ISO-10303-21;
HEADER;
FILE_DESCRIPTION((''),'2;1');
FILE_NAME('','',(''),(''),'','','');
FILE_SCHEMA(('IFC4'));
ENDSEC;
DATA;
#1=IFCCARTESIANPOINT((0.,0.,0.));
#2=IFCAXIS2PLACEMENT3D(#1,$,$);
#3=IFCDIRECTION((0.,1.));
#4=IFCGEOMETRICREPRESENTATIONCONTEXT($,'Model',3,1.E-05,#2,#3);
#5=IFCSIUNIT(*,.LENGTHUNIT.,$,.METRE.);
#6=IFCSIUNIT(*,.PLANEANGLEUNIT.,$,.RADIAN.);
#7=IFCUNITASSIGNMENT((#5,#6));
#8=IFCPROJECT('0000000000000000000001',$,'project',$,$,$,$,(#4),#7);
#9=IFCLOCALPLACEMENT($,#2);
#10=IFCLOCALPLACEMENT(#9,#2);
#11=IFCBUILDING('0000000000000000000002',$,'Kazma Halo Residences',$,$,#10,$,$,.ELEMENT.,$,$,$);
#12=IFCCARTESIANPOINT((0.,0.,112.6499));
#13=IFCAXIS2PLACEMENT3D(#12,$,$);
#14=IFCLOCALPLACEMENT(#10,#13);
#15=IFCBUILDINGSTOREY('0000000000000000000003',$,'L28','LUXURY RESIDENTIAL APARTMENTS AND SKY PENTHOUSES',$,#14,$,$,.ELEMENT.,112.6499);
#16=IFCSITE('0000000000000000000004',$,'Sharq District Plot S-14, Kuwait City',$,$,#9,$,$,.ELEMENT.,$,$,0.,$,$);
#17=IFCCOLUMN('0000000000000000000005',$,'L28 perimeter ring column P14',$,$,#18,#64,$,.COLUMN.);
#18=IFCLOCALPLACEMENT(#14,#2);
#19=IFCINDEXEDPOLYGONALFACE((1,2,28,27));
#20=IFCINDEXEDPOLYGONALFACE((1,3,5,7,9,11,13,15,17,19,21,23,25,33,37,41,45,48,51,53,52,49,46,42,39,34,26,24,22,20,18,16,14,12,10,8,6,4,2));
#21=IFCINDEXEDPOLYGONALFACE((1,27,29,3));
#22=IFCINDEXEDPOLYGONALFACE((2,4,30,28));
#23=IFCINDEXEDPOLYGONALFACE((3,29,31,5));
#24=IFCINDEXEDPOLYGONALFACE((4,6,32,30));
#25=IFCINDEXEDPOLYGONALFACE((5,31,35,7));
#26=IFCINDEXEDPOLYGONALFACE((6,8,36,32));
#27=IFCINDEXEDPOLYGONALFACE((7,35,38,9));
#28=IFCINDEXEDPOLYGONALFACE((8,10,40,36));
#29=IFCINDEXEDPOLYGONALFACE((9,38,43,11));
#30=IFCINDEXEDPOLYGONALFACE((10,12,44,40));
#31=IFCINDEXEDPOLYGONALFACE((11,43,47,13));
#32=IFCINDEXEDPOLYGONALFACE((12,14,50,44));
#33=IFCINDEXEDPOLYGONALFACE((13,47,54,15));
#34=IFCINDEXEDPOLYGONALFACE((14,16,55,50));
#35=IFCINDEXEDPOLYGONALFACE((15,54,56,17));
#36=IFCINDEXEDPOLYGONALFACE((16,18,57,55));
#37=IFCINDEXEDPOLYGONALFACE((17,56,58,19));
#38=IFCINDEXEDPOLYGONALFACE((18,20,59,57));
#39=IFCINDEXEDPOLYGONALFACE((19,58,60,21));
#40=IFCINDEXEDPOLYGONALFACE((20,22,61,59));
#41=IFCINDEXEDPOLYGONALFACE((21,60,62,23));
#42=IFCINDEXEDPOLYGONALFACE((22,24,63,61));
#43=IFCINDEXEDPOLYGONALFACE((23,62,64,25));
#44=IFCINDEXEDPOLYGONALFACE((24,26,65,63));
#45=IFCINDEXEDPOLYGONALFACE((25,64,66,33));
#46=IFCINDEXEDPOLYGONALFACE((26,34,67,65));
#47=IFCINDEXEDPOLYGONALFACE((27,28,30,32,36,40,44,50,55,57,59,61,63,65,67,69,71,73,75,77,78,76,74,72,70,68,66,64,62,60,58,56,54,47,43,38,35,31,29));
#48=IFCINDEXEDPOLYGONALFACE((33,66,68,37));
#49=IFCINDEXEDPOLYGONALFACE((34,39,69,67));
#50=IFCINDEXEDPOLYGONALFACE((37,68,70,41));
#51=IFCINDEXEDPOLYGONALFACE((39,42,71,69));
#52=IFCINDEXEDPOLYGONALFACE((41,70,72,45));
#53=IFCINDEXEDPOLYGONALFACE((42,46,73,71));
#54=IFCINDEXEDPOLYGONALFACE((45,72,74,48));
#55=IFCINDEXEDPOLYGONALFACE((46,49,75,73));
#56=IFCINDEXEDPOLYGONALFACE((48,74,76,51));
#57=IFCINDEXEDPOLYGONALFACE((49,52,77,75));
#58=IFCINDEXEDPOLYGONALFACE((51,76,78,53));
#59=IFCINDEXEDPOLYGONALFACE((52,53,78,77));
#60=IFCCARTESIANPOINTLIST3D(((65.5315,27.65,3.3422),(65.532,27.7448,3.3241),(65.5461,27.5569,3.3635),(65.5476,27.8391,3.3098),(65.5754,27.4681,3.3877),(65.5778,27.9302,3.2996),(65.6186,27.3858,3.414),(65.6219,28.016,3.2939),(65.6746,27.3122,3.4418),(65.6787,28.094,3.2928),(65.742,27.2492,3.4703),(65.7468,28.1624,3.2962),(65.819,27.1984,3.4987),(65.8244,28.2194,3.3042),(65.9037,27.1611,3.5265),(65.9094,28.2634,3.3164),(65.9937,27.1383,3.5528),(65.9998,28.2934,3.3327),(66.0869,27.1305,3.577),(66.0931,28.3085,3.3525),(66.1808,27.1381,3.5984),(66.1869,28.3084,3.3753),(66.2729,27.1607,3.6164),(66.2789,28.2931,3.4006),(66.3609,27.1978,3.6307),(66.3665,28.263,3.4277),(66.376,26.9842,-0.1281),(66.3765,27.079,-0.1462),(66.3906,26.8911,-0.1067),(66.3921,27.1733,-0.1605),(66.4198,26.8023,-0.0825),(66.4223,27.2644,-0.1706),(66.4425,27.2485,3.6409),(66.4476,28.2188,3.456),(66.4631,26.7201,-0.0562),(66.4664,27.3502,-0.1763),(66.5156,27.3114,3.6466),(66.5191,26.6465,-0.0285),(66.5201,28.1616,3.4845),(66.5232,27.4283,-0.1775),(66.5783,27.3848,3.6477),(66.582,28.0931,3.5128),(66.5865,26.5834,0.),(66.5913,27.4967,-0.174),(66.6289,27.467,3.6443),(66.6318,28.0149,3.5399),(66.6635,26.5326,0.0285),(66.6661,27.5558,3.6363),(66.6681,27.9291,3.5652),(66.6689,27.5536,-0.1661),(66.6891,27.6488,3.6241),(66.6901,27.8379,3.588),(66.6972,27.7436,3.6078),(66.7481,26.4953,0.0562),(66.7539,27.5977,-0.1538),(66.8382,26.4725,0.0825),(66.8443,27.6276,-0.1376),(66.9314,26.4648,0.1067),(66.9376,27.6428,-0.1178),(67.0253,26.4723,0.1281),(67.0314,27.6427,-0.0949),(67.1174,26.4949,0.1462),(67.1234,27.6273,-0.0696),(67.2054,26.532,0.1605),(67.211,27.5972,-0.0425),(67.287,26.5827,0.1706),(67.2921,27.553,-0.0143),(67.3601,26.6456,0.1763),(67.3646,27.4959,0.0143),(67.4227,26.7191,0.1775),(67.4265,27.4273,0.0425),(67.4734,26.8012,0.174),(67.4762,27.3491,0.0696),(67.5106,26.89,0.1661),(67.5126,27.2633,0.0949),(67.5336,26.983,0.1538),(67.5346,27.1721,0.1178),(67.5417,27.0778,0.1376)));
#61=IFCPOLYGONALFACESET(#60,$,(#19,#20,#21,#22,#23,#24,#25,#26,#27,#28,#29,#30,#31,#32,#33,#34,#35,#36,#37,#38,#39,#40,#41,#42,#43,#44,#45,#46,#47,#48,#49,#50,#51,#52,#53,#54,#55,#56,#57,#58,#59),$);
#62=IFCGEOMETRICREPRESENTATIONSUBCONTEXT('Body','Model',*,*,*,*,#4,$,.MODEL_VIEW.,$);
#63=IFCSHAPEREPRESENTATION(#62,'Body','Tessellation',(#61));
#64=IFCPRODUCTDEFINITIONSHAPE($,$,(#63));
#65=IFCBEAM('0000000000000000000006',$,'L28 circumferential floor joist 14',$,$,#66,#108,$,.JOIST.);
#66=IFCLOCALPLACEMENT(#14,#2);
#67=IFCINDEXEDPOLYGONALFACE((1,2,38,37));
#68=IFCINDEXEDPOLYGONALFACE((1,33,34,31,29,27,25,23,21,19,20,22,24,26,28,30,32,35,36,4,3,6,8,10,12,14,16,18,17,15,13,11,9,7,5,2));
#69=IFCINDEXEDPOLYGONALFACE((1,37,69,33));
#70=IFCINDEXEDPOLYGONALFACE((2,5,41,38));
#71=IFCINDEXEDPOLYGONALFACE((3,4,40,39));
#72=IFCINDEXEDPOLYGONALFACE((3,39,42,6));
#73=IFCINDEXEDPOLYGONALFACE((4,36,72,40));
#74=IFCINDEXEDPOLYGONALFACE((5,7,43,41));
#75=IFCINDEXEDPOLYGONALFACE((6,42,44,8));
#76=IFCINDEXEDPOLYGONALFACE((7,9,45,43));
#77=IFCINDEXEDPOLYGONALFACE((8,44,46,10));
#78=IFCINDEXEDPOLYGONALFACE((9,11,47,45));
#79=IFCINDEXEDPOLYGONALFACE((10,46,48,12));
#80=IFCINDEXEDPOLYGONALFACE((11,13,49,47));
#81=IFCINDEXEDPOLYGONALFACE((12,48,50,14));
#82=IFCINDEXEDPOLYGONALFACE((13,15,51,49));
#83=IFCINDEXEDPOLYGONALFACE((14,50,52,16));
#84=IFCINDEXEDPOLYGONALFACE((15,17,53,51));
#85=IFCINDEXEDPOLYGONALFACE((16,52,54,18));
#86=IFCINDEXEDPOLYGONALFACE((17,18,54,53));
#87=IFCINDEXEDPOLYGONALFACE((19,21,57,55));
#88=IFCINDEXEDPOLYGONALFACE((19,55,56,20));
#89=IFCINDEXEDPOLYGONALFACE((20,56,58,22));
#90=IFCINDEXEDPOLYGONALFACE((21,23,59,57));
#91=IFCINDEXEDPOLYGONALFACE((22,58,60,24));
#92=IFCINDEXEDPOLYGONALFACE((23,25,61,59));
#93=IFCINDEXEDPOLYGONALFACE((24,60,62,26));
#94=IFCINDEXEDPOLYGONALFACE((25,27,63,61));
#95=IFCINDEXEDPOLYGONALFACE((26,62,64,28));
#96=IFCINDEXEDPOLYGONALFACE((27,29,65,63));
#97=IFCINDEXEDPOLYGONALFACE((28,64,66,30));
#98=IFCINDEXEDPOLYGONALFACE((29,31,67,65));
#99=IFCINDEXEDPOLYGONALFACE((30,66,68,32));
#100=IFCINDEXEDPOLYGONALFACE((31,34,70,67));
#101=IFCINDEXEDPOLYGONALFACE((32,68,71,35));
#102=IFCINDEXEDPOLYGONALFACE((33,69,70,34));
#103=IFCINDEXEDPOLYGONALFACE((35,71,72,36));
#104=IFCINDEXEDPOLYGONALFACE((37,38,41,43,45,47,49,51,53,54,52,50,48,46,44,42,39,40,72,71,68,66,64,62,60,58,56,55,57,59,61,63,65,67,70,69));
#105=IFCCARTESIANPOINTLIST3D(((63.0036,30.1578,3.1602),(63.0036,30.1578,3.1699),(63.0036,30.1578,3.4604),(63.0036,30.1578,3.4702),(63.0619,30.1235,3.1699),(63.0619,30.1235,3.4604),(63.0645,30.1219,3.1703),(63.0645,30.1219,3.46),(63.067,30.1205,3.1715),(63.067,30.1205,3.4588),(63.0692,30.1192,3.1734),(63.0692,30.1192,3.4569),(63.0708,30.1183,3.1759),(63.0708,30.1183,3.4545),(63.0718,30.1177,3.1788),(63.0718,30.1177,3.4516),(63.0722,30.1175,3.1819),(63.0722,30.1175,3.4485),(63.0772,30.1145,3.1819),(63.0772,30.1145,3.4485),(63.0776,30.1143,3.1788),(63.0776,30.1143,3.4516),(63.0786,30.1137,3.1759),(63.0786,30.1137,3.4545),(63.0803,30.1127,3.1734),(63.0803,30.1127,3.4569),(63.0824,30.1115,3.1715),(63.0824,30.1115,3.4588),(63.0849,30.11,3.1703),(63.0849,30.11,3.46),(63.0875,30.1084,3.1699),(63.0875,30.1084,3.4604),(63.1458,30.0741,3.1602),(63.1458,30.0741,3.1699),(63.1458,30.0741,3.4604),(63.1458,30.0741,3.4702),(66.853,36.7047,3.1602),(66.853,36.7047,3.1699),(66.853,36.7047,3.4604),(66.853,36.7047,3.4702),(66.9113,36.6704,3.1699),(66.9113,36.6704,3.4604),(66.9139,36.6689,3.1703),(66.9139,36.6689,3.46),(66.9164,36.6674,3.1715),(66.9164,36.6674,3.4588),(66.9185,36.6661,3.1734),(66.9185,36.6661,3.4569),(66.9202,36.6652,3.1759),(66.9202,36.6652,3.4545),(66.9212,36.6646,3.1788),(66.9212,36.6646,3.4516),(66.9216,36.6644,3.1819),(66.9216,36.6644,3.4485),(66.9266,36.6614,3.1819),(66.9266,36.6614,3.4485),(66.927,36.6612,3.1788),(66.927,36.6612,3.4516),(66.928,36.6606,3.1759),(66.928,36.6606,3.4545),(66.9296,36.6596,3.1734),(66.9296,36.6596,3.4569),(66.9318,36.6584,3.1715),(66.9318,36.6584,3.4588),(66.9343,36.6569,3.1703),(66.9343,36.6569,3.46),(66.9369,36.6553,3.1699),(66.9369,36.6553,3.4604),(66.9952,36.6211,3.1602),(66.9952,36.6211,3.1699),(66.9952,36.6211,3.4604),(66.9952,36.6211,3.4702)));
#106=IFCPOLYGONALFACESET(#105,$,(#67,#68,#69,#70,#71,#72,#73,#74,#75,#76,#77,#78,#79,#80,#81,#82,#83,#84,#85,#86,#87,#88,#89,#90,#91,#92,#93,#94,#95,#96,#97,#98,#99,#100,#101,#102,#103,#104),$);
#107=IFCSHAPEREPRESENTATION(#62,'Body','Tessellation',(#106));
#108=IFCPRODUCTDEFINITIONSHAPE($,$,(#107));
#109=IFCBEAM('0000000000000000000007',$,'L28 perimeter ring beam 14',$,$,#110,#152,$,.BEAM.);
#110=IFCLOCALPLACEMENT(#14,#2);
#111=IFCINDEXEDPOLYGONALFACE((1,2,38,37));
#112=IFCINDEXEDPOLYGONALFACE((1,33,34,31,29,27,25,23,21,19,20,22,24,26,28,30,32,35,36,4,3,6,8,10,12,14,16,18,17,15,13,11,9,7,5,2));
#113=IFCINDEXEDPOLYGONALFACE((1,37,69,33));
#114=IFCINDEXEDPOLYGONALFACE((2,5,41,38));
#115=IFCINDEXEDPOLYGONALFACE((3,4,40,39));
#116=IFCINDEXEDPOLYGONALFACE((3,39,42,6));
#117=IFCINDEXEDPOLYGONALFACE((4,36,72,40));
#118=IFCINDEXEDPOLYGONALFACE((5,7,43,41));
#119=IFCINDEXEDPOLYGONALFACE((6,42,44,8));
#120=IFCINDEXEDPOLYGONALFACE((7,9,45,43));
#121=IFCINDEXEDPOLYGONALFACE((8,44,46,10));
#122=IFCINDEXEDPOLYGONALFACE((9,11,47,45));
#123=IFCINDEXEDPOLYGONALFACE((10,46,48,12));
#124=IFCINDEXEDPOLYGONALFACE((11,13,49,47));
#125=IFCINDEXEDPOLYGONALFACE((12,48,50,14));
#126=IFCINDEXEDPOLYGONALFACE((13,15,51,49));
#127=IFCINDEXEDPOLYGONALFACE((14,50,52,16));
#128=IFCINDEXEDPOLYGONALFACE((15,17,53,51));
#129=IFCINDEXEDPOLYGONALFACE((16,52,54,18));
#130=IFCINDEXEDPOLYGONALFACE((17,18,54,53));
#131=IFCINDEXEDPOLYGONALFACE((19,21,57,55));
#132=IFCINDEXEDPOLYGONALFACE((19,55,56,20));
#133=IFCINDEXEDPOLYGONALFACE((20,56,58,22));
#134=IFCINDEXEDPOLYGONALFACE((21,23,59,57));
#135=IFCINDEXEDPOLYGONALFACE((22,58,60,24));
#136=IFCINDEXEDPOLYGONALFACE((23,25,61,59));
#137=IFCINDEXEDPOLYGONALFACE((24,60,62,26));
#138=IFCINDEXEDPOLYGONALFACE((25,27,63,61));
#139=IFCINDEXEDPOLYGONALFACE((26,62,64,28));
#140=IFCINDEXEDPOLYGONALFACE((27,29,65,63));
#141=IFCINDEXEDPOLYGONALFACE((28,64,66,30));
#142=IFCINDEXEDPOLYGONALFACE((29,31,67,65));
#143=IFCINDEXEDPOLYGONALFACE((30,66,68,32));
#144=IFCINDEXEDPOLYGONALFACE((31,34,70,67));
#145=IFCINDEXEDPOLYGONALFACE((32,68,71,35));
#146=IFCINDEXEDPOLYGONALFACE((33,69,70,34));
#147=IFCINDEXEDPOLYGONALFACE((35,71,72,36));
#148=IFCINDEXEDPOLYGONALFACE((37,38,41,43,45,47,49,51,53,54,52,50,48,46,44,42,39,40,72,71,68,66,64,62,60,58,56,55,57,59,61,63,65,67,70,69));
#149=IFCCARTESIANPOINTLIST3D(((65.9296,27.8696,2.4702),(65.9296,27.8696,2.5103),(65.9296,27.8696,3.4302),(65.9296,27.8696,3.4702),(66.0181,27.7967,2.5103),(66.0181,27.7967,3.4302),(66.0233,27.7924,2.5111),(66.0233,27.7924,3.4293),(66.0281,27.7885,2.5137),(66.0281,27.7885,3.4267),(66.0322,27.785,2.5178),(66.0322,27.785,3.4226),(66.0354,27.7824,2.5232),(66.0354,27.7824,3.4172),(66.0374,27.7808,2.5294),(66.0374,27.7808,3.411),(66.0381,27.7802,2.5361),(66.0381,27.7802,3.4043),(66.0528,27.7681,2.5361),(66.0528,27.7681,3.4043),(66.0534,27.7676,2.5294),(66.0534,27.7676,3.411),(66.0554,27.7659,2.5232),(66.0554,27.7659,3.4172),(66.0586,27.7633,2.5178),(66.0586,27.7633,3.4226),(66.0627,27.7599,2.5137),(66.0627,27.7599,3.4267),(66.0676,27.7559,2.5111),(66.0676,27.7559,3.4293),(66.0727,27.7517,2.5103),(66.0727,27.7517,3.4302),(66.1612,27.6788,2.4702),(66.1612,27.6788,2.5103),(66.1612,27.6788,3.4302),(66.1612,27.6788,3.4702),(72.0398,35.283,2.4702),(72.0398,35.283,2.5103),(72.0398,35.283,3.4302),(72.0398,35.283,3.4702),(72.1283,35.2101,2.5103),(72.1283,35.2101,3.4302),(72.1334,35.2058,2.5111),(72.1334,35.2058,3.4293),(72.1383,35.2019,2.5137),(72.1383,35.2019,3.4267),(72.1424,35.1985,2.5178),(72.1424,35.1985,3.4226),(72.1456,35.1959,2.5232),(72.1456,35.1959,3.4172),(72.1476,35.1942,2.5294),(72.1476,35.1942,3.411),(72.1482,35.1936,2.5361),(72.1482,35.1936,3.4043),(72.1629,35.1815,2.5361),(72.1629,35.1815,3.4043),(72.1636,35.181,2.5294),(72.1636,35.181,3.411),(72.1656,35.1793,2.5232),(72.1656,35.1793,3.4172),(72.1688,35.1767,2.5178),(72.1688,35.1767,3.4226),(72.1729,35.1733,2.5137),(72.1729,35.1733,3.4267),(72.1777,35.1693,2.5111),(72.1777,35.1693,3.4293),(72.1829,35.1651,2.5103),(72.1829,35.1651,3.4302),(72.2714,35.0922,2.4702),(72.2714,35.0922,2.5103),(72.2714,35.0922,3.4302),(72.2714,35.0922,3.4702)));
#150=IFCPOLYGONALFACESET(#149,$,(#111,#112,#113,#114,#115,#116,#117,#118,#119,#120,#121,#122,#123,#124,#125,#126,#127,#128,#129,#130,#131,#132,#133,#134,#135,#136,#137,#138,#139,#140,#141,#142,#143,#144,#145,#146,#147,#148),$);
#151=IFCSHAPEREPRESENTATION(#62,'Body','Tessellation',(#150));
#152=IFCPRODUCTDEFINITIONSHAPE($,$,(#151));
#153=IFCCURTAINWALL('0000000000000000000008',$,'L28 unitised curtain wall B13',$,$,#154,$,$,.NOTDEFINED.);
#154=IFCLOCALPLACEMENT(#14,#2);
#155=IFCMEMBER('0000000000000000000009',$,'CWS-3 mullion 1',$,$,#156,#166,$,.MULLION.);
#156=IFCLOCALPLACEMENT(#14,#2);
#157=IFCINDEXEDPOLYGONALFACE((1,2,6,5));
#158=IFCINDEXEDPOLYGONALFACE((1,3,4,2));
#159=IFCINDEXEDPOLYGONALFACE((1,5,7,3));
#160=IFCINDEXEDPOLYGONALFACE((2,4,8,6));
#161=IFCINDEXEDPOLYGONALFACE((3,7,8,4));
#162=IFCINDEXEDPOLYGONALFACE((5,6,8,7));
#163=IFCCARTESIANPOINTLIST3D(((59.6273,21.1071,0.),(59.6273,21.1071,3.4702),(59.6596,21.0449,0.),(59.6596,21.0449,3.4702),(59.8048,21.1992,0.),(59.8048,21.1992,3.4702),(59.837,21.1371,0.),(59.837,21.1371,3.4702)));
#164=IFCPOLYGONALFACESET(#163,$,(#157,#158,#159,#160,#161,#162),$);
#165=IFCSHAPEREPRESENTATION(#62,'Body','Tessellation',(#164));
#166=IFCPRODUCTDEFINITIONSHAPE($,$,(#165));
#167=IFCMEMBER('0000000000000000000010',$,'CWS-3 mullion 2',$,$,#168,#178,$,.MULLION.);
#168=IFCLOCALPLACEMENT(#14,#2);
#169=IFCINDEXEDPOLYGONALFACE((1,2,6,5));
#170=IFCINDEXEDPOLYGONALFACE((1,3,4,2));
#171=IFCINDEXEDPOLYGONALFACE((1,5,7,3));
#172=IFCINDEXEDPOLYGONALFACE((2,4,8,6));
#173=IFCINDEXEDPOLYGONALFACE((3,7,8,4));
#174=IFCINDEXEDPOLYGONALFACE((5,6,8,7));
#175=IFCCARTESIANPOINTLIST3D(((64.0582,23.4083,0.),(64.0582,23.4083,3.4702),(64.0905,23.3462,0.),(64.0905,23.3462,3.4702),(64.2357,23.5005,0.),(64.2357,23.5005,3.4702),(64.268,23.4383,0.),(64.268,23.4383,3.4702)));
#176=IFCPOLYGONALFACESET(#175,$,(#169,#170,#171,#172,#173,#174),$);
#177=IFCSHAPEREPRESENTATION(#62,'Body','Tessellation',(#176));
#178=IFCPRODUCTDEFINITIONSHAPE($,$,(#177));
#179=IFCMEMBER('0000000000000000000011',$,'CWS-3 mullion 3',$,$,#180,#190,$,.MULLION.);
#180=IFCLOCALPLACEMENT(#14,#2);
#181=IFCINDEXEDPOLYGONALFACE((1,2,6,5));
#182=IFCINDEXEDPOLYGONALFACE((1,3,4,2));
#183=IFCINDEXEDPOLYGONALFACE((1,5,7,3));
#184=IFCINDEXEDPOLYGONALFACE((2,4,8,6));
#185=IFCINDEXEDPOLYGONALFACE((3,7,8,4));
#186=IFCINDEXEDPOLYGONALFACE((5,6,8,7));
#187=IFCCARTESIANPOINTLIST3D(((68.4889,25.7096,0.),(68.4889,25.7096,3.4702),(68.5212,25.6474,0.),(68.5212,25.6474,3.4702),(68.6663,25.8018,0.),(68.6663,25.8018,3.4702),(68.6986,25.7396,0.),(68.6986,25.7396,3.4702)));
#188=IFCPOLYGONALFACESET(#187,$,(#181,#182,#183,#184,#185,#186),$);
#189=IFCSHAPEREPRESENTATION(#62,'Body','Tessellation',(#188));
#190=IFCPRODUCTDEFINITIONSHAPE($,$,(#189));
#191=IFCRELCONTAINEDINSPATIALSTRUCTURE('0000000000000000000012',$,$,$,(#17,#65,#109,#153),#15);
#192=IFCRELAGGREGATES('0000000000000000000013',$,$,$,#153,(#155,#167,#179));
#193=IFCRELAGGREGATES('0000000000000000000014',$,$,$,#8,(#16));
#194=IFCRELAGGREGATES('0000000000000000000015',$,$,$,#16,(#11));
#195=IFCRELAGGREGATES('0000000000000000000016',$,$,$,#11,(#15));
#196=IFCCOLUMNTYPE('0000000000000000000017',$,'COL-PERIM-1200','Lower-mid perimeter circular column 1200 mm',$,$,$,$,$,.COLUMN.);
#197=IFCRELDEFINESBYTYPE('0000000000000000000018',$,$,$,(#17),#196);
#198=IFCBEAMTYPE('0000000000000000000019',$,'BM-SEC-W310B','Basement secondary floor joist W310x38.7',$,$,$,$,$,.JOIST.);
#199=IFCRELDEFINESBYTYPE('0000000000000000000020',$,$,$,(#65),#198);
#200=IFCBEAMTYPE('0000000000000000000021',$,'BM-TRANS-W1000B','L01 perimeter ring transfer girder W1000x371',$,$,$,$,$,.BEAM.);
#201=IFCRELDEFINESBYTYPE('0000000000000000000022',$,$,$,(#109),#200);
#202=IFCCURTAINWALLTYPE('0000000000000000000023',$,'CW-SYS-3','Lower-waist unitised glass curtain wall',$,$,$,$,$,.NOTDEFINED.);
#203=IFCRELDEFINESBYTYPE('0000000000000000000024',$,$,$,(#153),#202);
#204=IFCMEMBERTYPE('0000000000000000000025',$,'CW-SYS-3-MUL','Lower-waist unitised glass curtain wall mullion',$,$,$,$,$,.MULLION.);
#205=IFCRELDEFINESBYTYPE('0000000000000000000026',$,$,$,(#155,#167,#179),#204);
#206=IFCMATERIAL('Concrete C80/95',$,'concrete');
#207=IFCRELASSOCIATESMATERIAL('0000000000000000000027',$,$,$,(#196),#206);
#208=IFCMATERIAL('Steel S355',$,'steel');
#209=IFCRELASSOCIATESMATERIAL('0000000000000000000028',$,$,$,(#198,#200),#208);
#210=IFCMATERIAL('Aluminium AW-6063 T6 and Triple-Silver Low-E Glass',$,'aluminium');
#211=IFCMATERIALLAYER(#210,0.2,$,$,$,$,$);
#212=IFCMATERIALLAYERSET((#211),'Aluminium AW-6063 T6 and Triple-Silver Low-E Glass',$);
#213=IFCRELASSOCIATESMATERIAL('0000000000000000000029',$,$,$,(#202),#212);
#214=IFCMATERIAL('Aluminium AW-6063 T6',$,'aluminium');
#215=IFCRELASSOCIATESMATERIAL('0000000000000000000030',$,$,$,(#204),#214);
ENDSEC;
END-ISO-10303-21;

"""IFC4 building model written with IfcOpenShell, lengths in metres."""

from ifc_helpers import new_model, si_unit, direction, frame, origin, origin_2d, place, context, subcontext, project, spatial, rectangle, circle, i_section, extrude, material, layer, layer_set, material_profile, profile_set, type_object, element, aggregate, save


model = new_model("IFC4")

# Units and contexts
model_context = context("Model", 3, precision=1e-05, world=origin(), true_north=direction((0.0, 1.0)))
body_context = subcontext(model_context, "Body", "Model", "MODEL_VIEW")
ifc_project = project(units=[si_unit("LENGTHUNIT", "METRE"), si_unit("PLANEANGLEUNIT", "RADIAN")], contexts=[model_context])

# Site, building, storey
site_placement = place(None, origin())
site = spatial("IfcSite", under=ifc_project, at=site_placement, Name="Sharq District Plot S-14, Kuwait City", CompositionType="ELEMENT", RefElevation=0.0)
building_placement = place(site_placement, origin())
building = spatial("IfcBuilding", under=site, at=building_placement, Name="Kazma Halo Residences", CompositionType="ELEMENT")
storey_placement = place(building_placement, frame((0.0, 0.0, 112.6499)))
storey = spatial("IfcBuildingStorey", under=building, at=storey_placement, Name="L28", Description="LUXURY RESIDENTIAL APARTMENTS AND SKY PENTHOUSES", CompositionType="ELEMENT", Elevation=112.6499)

# Column
ifc_material_1 = material(Name="Concrete C80/95", Category="concrete")
ifc_material_profile_1 = material_profile(ifc_material_1, circle(Radius=0.6001, at=origin_2d()), Name="CIRC1200")
ifc_profile_set_1 = profile_set([ifc_material_profile_1], Name="Concrete C80/95")
column_type = type_object("IfcColumnType", Name="COL-PERIM-1200", Description="Lower-mid perimeter circular column 1200 mm", PredefinedType="COLUMN", material=ifc_profile_set_1)
column_placement = place(storey_placement, frame((66.958, 27.0547, 0.0), z_axis=(-0.232447, 0.183256, 0.955189), x_axis=(-0.619114, -0.785301, 0.0)))
element("IfcColumn", 1, at=column_placement, inside=storey, type_object=column_type, Name="L28 perimeter ring column P14", PredefinedType="COLUMN", context=body_context, shape_type="SweptSolid", body=[
    extrude(circle(Radius=0.6001, at=origin_2d()), origin(), (0.0, 0.0, 1.0), 3.6331),
])

# Beams
ifc_material_2 = material(Name="Steel S355", Category="steel")
ifc_material_profile_2 = material_profile(ifc_material_2, i_section(OverallWidth=0.165, OverallDepth=0.3101, WebThickness=0.0059, FlangeThickness=0.0098, FilletRadius=0.012, at=origin_2d()), Name="W310x38.7")
ifc_profile_set_2 = profile_set([ifc_material_profile_2], Name="Steel S355")
beam_type_1 = type_object("IfcBeamType", Name="BM-SEC-W310B", Description="Basement secondary floor joist W310x38.7", PredefinedType="JOIST", material=ifc_profile_set_2)
beam_1_placement = place(storey_placement, frame((63.0747, 30.116, 3.3152), z_axis=(0.50685, 0.862034, 0.0), x_axis=(-0.862034, 0.50685, 0.0)))
element("IfcBeam", 2, at=beam_1_placement, inside=storey, type_object=beam_type_1, Name="L28 circumferential floor joist 14", PredefinedType="JOIST", context=body_context, shape_type="SweptSolid", body=[
    extrude(i_section(OverallWidth=0.165, OverallDepth=0.3101, WebThickness=0.0059, FlangeThickness=0.0098, FilletRadius=0.012, at=origin_2d()), origin(), (0.0, 0.0, 1.0), 7.5947),
])
ifc_material_profile_3 = material_profile(ifc_material_2, i_section(OverallWidth=0.3, OverallDepth=1.0, WebThickness=0.019, FlangeThickness=0.04, FilletRadius=0.0259, at=origin_2d()), Name="W1000x371")
ifc_profile_set_3 = profile_set([ifc_material_profile_3], Name="Steel S355")
beam_type_2 = type_object("IfcBeamType", Name="BM-TRANS-W1000B", Description="L01 perimeter ring transfer girder W1000x371", PredefinedType="BEAM", material=ifc_profile_set_3)
beam_2_placement = place(storey_placement, frame((66.0454, 27.7742, 2.9702), z_axis=(0.636018, 0.771674, 0.0), x_axis=(-0.771674, 0.636018, 0.0)))
element("IfcBeam", 3, at=beam_2_placement, inside=storey, type_object=beam_type_2, Name="L28 perimeter ring beam 14", PredefinedType="BEAM", context=body_context, shape_type="SweptSolid", body=[
    extrude(i_section(OverallWidth=0.3, OverallDepth=1.0, WebThickness=0.019, FlangeThickness=0.04, FilletRadius=0.0259, at=origin_2d()), origin(), (0.0, 0.0, 1.0), 9.6069),
])

# Curtain wall, members
ifc_material_3 = material(Name="Aluminium AW-6063 T6 and Triple-Silver Low-E Glass", Category="aluminium")
ifc_layer_1 = layer(ifc_material_3, 0.2)
ifc_layer_set_1 = layer_set([ifc_layer_1], Name="Aluminium AW-6063 T6 and Triple-Silver Low-E Glass")
curtain_wall_type = type_object("IfcCurtainWallType", Name="CW-SYS-3", Description="Lower-waist unitised glass curtain wall", PredefinedType="NOTDEFINED", material=ifc_layer_set_1)
curtain_wall_placement = place(storey_placement, origin())
curtain_wall = element("IfcCurtainWall", 4, at=curtain_wall_placement, inside=storey, type_object=curtain_wall_type, Name="L28 unitised curtain wall B13", PredefinedType="NOTDEFINED")
ifc_material_4 = material(Name="Aluminium AW-6063 T6", Category="aluminium")
ifc_material_profile_4 = material_profile(ifc_material_4, rectangle(XDim=0.0701, YDim=0.2, at=origin_2d()), Name="CWM-70x200")
ifc_profile_set_4 = profile_set([ifc_material_profile_4], Name="Aluminium AW-6063 T6")
member_type_1 = type_object("IfcMemberType", Name="CW-SYS-3-MUL", Description="Lower-waist unitised glass curtain wall mullion", PredefinedType="MULLION", material=ifc_profile_set_4)
member_1_placement = place(storey_placement, frame((59.7322, 21.1221, 0.0), z_axis=(0.0, 0.0, 1.0), x_axis=(-0.460932, 0.887435, 0.0)))
member_1 = element("IfcMember", 5, at=member_1_placement, type_object=member_type_1, Name="CWS-3 mullion 1", PredefinedType="MULLION", context=body_context, shape_type="SweptSolid", body=[
    extrude(rectangle(XDim=0.0701, YDim=0.2, at=origin_2d()), origin(), (0.0, 0.0, 1.0), 3.4702),
])
member_2_placement = place(storey_placement, frame((64.1631, 23.4233, 0.0), z_axis=(0.0, 0.0, 1.0), x_axis=(-0.460932, 0.887435, 0.0)))
member_2 = element("IfcMember", 6, at=member_2_placement, type_object=member_type_1, Name="CWS-3 mullion 2", PredefinedType="MULLION", context=body_context, shape_type="SweptSolid", body=[
    extrude(rectangle(XDim=0.0701, YDim=0.2, at=origin_2d()), origin(), (0.0, 0.0, 1.0), 3.4702),
])
member_3_placement = place(storey_placement, frame((68.5938, 25.7246, 0.0), z_axis=(0.0, 0.0, 1.0), x_axis=(-0.460932, 0.887435, 0.0)))
member_3 = element("IfcMember", 7, at=member_3_placement, type_object=member_type_1, Name="CWS-3 mullion 3", PredefinedType="MULLION", context=body_context, shape_type="SweptSolid", body=[
    extrude(rectangle(XDim=0.0701, YDim=0.2, at=origin_2d()), origin(), (0.0, 0.0, 1.0), 3.4702),
])
aggregate(curtain_wall, [member_1, member_2, member_3])

save(model, "model.ifc")
